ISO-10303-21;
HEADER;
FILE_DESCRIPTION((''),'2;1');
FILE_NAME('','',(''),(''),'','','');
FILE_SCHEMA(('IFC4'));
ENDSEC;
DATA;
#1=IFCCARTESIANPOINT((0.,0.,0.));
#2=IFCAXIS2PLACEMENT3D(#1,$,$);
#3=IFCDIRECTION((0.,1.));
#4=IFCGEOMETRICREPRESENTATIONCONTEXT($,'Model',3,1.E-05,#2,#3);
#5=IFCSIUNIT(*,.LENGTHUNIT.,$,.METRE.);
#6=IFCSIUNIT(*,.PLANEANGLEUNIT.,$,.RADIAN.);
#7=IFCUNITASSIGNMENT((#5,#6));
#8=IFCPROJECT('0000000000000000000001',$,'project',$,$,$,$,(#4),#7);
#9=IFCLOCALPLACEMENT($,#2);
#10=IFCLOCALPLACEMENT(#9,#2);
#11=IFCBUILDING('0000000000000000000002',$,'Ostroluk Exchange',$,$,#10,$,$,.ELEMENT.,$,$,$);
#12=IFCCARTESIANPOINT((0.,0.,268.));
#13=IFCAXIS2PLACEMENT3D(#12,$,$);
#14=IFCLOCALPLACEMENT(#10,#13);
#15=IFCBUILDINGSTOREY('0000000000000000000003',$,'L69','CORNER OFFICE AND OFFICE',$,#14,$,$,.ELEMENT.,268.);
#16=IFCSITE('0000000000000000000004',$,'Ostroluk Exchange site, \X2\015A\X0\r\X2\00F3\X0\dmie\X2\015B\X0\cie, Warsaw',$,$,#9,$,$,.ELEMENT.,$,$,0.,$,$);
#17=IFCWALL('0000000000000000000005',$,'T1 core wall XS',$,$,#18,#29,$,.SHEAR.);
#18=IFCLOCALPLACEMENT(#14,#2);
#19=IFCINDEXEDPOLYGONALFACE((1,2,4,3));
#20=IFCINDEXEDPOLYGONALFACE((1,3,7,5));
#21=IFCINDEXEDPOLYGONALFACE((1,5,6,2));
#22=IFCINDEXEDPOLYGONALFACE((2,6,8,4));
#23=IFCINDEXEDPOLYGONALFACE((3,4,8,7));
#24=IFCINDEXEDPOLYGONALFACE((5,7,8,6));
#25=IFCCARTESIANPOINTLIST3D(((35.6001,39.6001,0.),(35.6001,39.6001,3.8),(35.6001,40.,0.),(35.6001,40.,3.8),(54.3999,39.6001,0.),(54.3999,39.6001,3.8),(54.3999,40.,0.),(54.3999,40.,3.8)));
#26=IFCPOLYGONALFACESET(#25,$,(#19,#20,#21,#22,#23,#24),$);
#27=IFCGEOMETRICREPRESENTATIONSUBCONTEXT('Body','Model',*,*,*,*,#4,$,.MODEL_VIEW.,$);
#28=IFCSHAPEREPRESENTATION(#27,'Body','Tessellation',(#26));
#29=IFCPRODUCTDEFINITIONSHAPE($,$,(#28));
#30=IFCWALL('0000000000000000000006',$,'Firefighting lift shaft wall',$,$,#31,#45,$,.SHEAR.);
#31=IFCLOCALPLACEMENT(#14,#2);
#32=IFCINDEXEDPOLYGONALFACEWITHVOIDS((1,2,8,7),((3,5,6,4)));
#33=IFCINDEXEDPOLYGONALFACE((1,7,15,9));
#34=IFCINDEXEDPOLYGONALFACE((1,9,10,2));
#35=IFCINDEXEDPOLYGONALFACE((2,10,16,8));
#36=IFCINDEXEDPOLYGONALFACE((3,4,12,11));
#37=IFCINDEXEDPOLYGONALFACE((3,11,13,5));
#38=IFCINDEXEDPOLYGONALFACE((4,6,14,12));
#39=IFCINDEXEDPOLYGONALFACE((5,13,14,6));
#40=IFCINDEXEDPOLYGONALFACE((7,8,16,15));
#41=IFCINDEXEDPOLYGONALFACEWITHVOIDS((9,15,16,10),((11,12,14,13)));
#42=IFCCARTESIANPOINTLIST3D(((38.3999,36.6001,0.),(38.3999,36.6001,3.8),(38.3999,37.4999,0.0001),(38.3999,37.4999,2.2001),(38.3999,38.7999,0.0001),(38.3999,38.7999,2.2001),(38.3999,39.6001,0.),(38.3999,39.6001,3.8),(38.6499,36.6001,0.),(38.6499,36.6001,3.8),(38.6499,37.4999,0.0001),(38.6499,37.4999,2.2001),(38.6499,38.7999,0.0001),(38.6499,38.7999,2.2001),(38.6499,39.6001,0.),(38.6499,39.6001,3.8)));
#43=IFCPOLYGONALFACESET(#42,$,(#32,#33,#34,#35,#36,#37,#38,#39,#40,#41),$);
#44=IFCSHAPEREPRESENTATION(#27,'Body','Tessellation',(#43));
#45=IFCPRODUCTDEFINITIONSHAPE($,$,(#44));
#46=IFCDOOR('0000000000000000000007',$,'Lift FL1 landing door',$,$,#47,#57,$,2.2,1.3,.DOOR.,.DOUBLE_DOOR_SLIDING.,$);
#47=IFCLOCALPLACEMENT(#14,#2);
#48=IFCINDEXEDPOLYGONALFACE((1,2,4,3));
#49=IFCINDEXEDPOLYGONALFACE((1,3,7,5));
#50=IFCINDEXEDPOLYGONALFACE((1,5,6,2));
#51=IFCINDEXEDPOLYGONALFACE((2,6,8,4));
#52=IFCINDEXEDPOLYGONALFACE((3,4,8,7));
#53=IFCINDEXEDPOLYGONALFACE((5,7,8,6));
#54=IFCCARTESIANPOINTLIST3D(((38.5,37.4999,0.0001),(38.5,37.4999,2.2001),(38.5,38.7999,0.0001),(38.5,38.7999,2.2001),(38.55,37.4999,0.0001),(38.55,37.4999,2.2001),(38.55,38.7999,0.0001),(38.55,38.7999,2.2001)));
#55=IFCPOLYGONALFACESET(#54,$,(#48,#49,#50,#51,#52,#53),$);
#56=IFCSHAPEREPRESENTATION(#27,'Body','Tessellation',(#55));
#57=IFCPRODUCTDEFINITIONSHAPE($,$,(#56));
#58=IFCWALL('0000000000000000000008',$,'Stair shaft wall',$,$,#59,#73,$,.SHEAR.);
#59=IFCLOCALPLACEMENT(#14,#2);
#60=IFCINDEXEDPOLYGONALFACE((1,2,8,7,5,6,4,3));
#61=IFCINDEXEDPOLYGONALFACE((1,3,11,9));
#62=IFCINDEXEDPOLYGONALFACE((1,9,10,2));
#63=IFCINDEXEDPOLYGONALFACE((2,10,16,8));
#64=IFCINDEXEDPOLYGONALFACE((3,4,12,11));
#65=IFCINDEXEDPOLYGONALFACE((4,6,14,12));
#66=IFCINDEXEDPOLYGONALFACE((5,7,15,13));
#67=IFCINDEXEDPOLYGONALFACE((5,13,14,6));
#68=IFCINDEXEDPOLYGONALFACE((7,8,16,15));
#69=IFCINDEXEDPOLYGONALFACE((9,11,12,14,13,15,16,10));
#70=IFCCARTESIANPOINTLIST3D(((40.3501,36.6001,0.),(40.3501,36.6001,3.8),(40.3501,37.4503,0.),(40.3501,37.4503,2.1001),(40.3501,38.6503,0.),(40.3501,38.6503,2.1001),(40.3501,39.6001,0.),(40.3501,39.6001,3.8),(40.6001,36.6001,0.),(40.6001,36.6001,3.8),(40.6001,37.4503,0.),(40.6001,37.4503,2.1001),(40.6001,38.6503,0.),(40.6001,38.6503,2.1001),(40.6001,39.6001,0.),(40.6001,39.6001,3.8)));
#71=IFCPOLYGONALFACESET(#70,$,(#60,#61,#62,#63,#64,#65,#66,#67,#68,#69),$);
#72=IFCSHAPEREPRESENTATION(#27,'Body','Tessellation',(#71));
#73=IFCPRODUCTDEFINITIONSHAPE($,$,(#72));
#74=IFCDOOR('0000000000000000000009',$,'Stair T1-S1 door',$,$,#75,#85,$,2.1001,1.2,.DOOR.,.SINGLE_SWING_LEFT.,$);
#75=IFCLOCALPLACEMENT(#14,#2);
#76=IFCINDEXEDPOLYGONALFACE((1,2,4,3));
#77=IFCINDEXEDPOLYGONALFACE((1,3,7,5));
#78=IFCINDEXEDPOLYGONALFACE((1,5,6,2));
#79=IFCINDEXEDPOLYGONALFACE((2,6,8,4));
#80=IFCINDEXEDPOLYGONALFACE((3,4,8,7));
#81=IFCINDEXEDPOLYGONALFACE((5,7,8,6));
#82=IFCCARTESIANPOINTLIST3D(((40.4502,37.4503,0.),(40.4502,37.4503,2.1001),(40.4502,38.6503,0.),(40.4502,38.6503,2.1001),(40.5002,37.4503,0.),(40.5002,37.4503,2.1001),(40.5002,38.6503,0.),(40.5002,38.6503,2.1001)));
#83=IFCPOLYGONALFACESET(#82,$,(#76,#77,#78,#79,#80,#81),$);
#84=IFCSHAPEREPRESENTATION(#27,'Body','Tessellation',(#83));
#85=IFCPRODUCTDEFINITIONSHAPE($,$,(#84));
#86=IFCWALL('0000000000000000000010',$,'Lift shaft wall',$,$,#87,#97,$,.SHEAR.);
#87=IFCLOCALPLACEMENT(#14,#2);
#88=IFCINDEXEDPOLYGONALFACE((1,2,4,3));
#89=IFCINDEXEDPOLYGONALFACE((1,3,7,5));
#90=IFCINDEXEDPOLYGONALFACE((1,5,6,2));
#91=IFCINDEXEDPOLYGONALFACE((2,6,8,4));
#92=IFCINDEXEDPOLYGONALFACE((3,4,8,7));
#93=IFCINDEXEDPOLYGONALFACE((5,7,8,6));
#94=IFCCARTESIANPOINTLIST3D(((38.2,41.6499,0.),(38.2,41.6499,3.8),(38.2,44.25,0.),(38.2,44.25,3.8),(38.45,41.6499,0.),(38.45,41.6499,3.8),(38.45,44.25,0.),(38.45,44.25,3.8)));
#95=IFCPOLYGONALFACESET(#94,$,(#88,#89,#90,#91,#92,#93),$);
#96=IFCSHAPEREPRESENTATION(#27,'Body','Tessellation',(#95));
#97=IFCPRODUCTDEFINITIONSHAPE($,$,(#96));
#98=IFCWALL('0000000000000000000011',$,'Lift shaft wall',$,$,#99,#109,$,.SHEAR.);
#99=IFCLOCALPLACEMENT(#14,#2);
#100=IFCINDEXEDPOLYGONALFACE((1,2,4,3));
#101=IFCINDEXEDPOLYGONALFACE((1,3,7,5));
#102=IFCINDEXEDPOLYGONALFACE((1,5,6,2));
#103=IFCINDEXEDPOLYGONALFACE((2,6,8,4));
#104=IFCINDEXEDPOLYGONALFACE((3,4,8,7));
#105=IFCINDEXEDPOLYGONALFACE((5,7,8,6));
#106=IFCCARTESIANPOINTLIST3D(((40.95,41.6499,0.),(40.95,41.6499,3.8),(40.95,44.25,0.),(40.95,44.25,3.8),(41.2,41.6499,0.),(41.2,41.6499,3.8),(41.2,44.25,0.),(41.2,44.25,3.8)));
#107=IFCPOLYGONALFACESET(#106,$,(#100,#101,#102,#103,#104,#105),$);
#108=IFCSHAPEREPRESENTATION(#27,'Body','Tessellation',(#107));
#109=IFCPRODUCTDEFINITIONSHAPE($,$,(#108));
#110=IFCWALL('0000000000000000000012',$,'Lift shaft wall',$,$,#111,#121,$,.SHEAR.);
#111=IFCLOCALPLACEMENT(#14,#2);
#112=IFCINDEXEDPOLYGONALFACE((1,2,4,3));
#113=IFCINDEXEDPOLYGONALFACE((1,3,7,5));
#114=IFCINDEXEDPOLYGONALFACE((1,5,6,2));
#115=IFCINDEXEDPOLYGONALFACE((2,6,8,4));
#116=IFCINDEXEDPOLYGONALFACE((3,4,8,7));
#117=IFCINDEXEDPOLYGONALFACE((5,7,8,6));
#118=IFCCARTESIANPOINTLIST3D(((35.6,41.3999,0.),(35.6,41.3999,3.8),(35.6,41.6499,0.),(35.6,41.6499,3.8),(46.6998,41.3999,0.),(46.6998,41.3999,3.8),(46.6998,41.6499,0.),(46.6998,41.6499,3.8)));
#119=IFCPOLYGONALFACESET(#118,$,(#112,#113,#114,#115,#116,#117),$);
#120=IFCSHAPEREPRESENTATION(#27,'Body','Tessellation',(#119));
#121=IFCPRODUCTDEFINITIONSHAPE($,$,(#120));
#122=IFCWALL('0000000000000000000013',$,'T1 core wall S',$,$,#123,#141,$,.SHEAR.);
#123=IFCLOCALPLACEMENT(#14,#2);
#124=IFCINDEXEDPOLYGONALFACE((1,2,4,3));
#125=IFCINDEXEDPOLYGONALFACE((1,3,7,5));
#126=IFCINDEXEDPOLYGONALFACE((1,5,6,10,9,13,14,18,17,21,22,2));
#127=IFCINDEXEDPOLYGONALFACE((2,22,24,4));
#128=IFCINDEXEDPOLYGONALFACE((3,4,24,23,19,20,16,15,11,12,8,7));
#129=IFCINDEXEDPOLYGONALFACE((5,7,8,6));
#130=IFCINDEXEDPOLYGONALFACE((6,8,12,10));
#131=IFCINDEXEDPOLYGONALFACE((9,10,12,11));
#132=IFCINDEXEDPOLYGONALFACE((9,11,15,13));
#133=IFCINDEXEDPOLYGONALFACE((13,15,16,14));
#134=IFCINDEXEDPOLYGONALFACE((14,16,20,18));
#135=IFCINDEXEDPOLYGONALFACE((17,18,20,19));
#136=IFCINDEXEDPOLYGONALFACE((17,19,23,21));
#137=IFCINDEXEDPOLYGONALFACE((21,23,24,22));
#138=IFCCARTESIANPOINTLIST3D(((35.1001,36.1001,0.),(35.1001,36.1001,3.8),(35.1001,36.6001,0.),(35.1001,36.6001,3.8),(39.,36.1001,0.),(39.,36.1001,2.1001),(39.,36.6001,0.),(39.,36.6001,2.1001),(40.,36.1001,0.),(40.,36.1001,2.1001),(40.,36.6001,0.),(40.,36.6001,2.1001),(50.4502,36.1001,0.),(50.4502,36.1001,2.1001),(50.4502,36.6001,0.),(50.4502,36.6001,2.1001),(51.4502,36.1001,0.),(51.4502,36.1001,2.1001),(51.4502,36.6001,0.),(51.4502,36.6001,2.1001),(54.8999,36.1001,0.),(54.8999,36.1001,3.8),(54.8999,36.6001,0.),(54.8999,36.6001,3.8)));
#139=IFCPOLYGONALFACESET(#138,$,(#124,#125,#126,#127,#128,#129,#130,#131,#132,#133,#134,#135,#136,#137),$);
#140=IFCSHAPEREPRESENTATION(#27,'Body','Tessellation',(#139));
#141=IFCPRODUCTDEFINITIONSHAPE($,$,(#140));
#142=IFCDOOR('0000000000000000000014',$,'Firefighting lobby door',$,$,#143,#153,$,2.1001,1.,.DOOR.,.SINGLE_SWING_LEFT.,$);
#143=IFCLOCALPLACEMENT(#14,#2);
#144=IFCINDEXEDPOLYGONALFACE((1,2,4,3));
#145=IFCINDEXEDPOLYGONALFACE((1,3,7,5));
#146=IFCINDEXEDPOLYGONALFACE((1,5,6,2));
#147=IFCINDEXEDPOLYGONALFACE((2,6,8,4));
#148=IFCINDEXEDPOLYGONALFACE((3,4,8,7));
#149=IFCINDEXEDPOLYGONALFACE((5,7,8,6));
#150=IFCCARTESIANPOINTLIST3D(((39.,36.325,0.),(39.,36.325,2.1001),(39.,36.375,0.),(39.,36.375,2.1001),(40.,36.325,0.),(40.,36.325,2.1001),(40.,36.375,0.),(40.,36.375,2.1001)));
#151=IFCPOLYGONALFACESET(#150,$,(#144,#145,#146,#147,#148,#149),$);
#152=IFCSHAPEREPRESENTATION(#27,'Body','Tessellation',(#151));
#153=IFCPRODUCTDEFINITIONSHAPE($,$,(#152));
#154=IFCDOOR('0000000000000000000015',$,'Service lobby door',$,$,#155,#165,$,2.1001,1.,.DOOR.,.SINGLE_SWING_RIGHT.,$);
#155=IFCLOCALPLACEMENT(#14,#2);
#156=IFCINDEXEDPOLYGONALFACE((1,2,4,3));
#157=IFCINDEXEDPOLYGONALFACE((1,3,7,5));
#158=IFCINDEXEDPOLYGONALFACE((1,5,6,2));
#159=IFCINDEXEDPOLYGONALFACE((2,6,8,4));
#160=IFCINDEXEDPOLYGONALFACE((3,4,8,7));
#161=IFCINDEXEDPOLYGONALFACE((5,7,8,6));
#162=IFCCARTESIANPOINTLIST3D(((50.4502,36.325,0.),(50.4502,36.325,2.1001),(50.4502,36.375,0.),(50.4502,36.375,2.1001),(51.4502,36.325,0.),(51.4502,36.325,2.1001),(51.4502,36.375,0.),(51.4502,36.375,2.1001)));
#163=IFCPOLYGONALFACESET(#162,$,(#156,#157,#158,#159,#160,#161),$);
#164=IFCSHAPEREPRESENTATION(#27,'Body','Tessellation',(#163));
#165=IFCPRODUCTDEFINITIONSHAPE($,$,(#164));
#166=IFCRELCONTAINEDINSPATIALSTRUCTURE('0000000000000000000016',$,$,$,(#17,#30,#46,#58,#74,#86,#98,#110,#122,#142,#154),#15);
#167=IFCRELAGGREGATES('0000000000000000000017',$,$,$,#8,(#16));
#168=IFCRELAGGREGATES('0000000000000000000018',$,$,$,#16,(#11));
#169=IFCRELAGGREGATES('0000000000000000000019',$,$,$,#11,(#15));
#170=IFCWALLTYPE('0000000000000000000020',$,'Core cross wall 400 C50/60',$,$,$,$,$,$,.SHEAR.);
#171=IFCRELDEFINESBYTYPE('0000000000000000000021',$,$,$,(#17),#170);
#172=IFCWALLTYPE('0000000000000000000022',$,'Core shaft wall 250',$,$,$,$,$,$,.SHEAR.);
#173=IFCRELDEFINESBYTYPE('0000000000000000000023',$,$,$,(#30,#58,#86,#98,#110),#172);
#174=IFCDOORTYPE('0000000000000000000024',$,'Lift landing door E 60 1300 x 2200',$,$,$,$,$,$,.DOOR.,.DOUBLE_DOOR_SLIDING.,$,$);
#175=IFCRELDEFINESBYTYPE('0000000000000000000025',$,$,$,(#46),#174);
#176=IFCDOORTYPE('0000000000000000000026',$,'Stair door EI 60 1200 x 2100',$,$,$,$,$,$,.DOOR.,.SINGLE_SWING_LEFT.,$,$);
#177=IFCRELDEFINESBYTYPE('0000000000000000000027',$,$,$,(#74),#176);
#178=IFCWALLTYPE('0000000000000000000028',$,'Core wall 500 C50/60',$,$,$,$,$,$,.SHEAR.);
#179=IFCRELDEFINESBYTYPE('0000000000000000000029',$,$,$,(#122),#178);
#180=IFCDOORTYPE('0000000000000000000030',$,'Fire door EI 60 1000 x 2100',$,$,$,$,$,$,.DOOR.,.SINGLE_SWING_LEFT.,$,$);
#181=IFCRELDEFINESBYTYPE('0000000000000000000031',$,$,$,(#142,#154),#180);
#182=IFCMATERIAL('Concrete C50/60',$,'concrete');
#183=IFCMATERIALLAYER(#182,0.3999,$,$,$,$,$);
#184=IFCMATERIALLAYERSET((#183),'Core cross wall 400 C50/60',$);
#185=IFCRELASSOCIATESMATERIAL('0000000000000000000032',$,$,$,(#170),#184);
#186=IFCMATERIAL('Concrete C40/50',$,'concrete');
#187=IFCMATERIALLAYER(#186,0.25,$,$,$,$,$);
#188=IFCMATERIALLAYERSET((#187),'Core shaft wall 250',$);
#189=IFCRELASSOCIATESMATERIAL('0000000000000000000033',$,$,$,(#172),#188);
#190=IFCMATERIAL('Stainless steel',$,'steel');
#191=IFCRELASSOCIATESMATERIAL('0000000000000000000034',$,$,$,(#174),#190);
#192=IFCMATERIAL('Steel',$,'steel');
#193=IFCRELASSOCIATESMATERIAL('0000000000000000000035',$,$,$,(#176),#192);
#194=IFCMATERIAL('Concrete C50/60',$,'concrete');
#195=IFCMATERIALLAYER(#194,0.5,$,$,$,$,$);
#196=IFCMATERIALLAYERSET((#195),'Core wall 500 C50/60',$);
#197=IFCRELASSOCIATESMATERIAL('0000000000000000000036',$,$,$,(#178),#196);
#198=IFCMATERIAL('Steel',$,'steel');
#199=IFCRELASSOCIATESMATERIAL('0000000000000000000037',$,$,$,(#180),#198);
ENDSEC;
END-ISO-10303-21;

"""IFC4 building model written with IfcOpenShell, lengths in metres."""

from ifc_helpers import new_model, si_unit, direction, frame, frame_2d, origin, place, context, subcontext, project, spatial, rectangle, extrude, material, layer, layer_set, type_object, element, fill, save


model = new_model("IFC4")

# Units and contexts
model_context = context("Model", 3, precision=1e-05, world=origin(), true_north=direction((0.0, 1.0)))
body_context = subcontext(model_context, "Body", "Model", "MODEL_VIEW")
ifc_project = project(units=[si_unit("LENGTHUNIT", "METRE"), si_unit("PLANEANGLEUNIT", "RADIAN")], contexts=[model_context])

# Site, building, storey
site_placement = place(None, origin())
site = spatial("IfcSite", under=ifc_project, at=site_placement, Name="Ostroluk Exchange site, Śródmieście, Warsaw", CompositionType="ELEMENT", RefElevation=0.0)
building_placement = place(site_placement, origin())
building = spatial("IfcBuilding", under=site, at=building_placement, Name="Ostroluk Exchange", CompositionType="ELEMENT")
storey_placement = place(building_placement, frame((0.0, 0.0, 268.0)))
storey = spatial("IfcBuildingStorey", under=building, at=storey_placement, Name="L69", Description="CORNER OFFICE AND OFFICE", CompositionType="ELEMENT", Elevation=268.0)

# Wall
ifc_material_1 = material(Name="Concrete C50/60", Category="concrete")
ifc_layer_1 = layer(ifc_material_1, 0.3999)
ifc_layer_set_1 = layer_set([ifc_layer_1], Name="Core cross wall 400 C50/60")
wall_type_1 = type_object("IfcWallType", Name="Core cross wall 400 C50/60", PredefinedType="SHEAR", material=ifc_layer_set_1)
wall_1_placement = place(storey_placement, frame((35.6001, 39.8, 0.0), z_axis=(0.0, 0.0, 1.0), x_axis=(1.0, 0.0, 0.0)))
element("IfcWall", 1, at=wall_1_placement, inside=storey, type_object=wall_type_1, Name="T1 core wall XS", PredefinedType="SHEAR", context=body_context, shape_type="SweptSolid", body=[
    extrude(rectangle(XDim=18.7998, YDim=0.3999, at=frame_2d((9.3999, 0.0))), origin(), (0.0, 0.0, 1.0), 3.8),
])

# Walls, openings, doors
ifc_material_2 = material(Name="Concrete C40/50", Category="concrete")
ifc_layer_2 = layer(ifc_material_2, 0.25)
ifc_layer_set_2 = layer_set([ifc_layer_2], Name="Core shaft wall 250")
wall_type_2 = type_object("IfcWallType", Name="Core shaft wall 250", PredefinedType="SHEAR", material=ifc_layer_set_2)
wall_2_placement = place(storey_placement, frame((38.5249, 36.6001, 0.0), z_axis=(0.0, 0.0, 1.0), x_axis=(0.0, 1.0, 0.0)))
wall_2 = element("IfcWall", 2, at=wall_2_placement, inside=storey, type_object=wall_type_2, Name="Firefighting lift shaft wall", PredefinedType="SHEAR", context=body_context, shape_type="SweptSolid", body=[
    extrude(rectangle(XDim=3.0, YDim=0.25, at=frame_2d((1.5, 0.0))), origin(), (0.0, 0.0, 1.0), 3.8),
])
opening_1_placement = place(wall_2_placement, frame((0.8999, 0.0, 0.0)))
opening_1 = element("IfcOpeningElement", 3, at=opening_1_placement, cuts=wall_2, PredefinedType="OPENING", context=body_context, shape_type="SweptSolid", body=[
    extrude(rectangle(XDim=1.3, YDim=2.2, at=frame_2d((0.6499, 1.1001))), frame((0.0, 0.135, 0.0), z_axis=(0.0, -1.0, 0.0), x_axis=(1.0, 0.0, 0.0)), (0.0, 0.0, 1.0), 0.27),
])
ifc_material_3 = material(Name="Stainless steel", Category="steel")
door_type_1 = type_object("IfcDoorType", Name="Lift landing door E 60 1300 x 2200", OperationType="DOUBLE_DOOR_SLIDING", PredefinedType="DOOR", material=ifc_material_3)
door_1_placement = place(opening_1_placement, origin())
door_1 = element("IfcDoor", 4, at=door_1_placement, inside=storey, type_object=door_type_1, Name="Lift FL1 landing door", OperationType="DOUBLE_DOOR_SLIDING", OverallHeight=2.2, OverallWidth=1.3, PredefinedType="DOOR", context=body_context, shape_type="SweptSolid", body=[
    extrude(rectangle(XDim=1.3, YDim=2.2, at=frame_2d((0.6499, 1.1001))), frame((0.0, 0.0249, 0.0), z_axis=(0.0, -1.0, 0.0), x_axis=(1.0, 0.0, 0.0)), (0.0, 0.0, 1.0), 0.05),
])
fill(opening_1, door_1)
wall_3_placement = place(storey_placement, frame((40.4751, 36.6001, 0.0), z_axis=(0.0, 0.0, 1.0), x_axis=(0.0, 1.0, 0.0)))
wall_3 = element("IfcWall", 5, at=wall_3_placement, inside=storey, type_object=wall_type_2, Name="Stair shaft wall", PredefinedType="SHEAR", context=body_context, shape_type="SweptSolid", body=[
    extrude(rectangle(XDim=3.0, YDim=0.25, at=frame_2d((1.5, 0.0))), origin(), (0.0, 0.0, 1.0), 3.8),
])
opening_2_placement = place(wall_3_placement, frame((0.8501, 0.0, 0.0)))
opening_2 = element("IfcOpeningElement", 6, at=opening_2_placement, cuts=wall_3, PredefinedType="OPENING", context=body_context, shape_type="SweptSolid", body=[
    extrude(rectangle(XDim=1.2, YDim=2.1001, at=frame_2d((0.6001, 1.05))), frame((0.0, 0.135, 0.0), z_axis=(0.0, -1.0, 0.0), x_axis=(1.0, 0.0, 0.0)), (0.0, 0.0, 1.0), 0.27),
])
ifc_material_4 = material(Name="Steel", Category="steel")
door_type_2 = type_object("IfcDoorType", Name="Stair door EI 60 1200 x 2100", OperationType="SINGLE_SWING_LEFT", PredefinedType="DOOR", material=ifc_material_4)
door_2_placement = place(opening_2_placement, origin())
door_2 = element("IfcDoor", 7, at=door_2_placement, inside=storey, type_object=door_type_2, Name="Stair T1-S1 door", OperationType="SINGLE_SWING_LEFT", OverallHeight=2.1001, OverallWidth=1.2, PredefinedType="DOOR", context=body_context, shape_type="SweptSolid", body=[
    extrude(rectangle(XDim=1.2, YDim=2.1001, at=frame_2d((0.6001, 1.05))), frame((0.0, 0.0249, 0.0), z_axis=(0.0, -1.0, 0.0), x_axis=(1.0, 0.0, 0.0)), (0.0, 0.0, 1.0), 0.05),
])
fill(opening_2, door_2)

# Walls
for number, where, z_axis, x_axis, name in (
    (8, (38.325, 44.25, 0.0), (0.0, 0.0, 1.0), (0.0, -1.0, 0.0), "Lift shaft wall"),
    (9, (41.075, 44.25, 0.0), (0.0, 0.0, 1.0), (0.0, -1.0, 0.0), "Lift shaft wall"),
):
    element("IfcWall", number, at=place(storey_placement, frame(where, z_axis=z_axis, x_axis=x_axis)), inside=storey, type_object=wall_type_2, Name=name, PredefinedType="SHEAR", context=body_context, shape_type="SweptSolid", body=[
        extrude(rectangle(XDim=2.6001, YDim=0.25, at=frame_2d((1.3, 0.0))), origin(), (0.0, 0.0, 1.0), 3.8),
    ])
wall_4_placement = place(storey_placement, frame((35.6001, 41.5249, 0.0), z_axis=(0.0, 0.0, 1.0), x_axis=(1.0, 0.0, 0.0)))
element("IfcWall", 10, at=wall_4_placement, inside=storey, type_object=wall_type_2, Name="Lift shaft wall", PredefinedType="SHEAR", context=body_context, shape_type="SweptSolid", body=[
    extrude(rectangle(XDim=11.0999, YDim=0.25, at=frame_2d((5.5498, 0.0))), origin(), (0.0, 0.0, 1.0), 3.8),
])

# Wall, openings, doors
ifc_material_5 = material(Name="Concrete C50/60", Category="concrete")
ifc_layer_3 = layer(ifc_material_5, 0.5)
ifc_layer_set_3 = layer_set([ifc_layer_3], Name="Core wall 500 C50/60")
wall_type_3 = type_object("IfcWallType", Name="Core wall 500 C50/60", PredefinedType="SHEAR", material=ifc_layer_set_3)
wall_5_placement = place(storey_placement, frame((35.1001, 36.3501, 0.0), z_axis=(0.0, 0.0, 1.0), x_axis=(1.0, 0.0, 0.0)))
wall_5 = element("IfcWall", 11, at=wall_5_placement, inside=storey, type_object=wall_type_3, Name="T1 core wall S", PredefinedType="SHEAR", context=body_context, shape_type="SweptSolid", body=[
    extrude(rectangle(XDim=19.7998, YDim=0.5, at=frame_2d((9.8999, 0.0))), origin(), (0.0, 0.0, 1.0), 3.8),
])
opening_3_placement = place(wall_5_placement, frame((3.8999, 0.0, 0.0)))
opening_3 = element("IfcOpeningElement", 12, at=opening_3_placement, cuts=wall_5, PredefinedType="OPENING", context=body_context, shape_type="SweptSolid", body=[
    extrude(rectangle(XDim=1.0, YDim=2.1001, at=frame_2d((0.5, 1.05))), frame((0.0, 0.26, 0.0), z_axis=(0.0, -1.0, 0.0), x_axis=(1.0, 0.0, 0.0)), (0.0, 0.0, 1.0), 0.52),
])
opening_4_placement = place(wall_5_placement, frame((15.3501, 0.0, 0.0)))
opening_4 = element("IfcOpeningElement", 13, at=opening_4_placement, cuts=wall_5, PredefinedType="OPENING", context=body_context, shape_type="SweptSolid", body=[
    extrude(rectangle(XDim=1.0, YDim=2.1001, at=frame_2d((0.5, 1.05))), frame((0.0, 0.26, 0.0), z_axis=(0.0, -1.0, 0.0), x_axis=(1.0, 0.0, 0.0)), (0.0, 0.0, 1.0), 0.52),
])
ifc_material_6 = material(Name="Steel", Category="steel")
door_type_3 = type_object("IfcDoorType", Name="Fire door EI 60 1000 x 2100", OperationType="SINGLE_SWING_LEFT", PredefinedType="DOOR", material=ifc_material_6)
door_3_placement = place(opening_3_placement, origin())
door_3 = element("IfcDoor", 14, at=door_3_placement, inside=storey, type_object=door_type_3, Name="Firefighting lobby door", OperationType="SINGLE_SWING_LEFT", OverallHeight=2.1001, OverallWidth=1.0, PredefinedType="DOOR", context=body_context, shape_type="SweptSolid", body=[
    extrude(rectangle(XDim=1.0, YDim=2.1001, at=frame_2d((0.5, 1.05))), frame((0.0, 0.0249, 0.0), z_axis=(0.0, -1.0, 0.0), x_axis=(1.0, 0.0, 0.0)), (0.0, 0.0, 1.0), 0.05),
])
fill(opening_3, door_3)
door_4_placement = place(opening_4_placement, origin())
door_4 = element("IfcDoor", 15, at=door_4_placement, inside=storey, type_object=door_type_3, Name="Service lobby door", OperationType="SINGLE_SWING_RIGHT", OverallHeight=2.1001, OverallWidth=1.0, PredefinedType="DOOR", context=body_context, shape_type="SweptSolid", body=[
    extrude(rectangle(XDim=1.0, YDim=2.1001, at=frame_2d((0.5, 1.05))), frame((0.0, 0.0249, 0.0), z_axis=(0.0, -1.0, 0.0), x_axis=(1.0, 0.0, 0.0)), (0.0, 0.0, 1.0), 0.05),
])
fill(opening_4, door_4)

save(model, "model.ifc")
